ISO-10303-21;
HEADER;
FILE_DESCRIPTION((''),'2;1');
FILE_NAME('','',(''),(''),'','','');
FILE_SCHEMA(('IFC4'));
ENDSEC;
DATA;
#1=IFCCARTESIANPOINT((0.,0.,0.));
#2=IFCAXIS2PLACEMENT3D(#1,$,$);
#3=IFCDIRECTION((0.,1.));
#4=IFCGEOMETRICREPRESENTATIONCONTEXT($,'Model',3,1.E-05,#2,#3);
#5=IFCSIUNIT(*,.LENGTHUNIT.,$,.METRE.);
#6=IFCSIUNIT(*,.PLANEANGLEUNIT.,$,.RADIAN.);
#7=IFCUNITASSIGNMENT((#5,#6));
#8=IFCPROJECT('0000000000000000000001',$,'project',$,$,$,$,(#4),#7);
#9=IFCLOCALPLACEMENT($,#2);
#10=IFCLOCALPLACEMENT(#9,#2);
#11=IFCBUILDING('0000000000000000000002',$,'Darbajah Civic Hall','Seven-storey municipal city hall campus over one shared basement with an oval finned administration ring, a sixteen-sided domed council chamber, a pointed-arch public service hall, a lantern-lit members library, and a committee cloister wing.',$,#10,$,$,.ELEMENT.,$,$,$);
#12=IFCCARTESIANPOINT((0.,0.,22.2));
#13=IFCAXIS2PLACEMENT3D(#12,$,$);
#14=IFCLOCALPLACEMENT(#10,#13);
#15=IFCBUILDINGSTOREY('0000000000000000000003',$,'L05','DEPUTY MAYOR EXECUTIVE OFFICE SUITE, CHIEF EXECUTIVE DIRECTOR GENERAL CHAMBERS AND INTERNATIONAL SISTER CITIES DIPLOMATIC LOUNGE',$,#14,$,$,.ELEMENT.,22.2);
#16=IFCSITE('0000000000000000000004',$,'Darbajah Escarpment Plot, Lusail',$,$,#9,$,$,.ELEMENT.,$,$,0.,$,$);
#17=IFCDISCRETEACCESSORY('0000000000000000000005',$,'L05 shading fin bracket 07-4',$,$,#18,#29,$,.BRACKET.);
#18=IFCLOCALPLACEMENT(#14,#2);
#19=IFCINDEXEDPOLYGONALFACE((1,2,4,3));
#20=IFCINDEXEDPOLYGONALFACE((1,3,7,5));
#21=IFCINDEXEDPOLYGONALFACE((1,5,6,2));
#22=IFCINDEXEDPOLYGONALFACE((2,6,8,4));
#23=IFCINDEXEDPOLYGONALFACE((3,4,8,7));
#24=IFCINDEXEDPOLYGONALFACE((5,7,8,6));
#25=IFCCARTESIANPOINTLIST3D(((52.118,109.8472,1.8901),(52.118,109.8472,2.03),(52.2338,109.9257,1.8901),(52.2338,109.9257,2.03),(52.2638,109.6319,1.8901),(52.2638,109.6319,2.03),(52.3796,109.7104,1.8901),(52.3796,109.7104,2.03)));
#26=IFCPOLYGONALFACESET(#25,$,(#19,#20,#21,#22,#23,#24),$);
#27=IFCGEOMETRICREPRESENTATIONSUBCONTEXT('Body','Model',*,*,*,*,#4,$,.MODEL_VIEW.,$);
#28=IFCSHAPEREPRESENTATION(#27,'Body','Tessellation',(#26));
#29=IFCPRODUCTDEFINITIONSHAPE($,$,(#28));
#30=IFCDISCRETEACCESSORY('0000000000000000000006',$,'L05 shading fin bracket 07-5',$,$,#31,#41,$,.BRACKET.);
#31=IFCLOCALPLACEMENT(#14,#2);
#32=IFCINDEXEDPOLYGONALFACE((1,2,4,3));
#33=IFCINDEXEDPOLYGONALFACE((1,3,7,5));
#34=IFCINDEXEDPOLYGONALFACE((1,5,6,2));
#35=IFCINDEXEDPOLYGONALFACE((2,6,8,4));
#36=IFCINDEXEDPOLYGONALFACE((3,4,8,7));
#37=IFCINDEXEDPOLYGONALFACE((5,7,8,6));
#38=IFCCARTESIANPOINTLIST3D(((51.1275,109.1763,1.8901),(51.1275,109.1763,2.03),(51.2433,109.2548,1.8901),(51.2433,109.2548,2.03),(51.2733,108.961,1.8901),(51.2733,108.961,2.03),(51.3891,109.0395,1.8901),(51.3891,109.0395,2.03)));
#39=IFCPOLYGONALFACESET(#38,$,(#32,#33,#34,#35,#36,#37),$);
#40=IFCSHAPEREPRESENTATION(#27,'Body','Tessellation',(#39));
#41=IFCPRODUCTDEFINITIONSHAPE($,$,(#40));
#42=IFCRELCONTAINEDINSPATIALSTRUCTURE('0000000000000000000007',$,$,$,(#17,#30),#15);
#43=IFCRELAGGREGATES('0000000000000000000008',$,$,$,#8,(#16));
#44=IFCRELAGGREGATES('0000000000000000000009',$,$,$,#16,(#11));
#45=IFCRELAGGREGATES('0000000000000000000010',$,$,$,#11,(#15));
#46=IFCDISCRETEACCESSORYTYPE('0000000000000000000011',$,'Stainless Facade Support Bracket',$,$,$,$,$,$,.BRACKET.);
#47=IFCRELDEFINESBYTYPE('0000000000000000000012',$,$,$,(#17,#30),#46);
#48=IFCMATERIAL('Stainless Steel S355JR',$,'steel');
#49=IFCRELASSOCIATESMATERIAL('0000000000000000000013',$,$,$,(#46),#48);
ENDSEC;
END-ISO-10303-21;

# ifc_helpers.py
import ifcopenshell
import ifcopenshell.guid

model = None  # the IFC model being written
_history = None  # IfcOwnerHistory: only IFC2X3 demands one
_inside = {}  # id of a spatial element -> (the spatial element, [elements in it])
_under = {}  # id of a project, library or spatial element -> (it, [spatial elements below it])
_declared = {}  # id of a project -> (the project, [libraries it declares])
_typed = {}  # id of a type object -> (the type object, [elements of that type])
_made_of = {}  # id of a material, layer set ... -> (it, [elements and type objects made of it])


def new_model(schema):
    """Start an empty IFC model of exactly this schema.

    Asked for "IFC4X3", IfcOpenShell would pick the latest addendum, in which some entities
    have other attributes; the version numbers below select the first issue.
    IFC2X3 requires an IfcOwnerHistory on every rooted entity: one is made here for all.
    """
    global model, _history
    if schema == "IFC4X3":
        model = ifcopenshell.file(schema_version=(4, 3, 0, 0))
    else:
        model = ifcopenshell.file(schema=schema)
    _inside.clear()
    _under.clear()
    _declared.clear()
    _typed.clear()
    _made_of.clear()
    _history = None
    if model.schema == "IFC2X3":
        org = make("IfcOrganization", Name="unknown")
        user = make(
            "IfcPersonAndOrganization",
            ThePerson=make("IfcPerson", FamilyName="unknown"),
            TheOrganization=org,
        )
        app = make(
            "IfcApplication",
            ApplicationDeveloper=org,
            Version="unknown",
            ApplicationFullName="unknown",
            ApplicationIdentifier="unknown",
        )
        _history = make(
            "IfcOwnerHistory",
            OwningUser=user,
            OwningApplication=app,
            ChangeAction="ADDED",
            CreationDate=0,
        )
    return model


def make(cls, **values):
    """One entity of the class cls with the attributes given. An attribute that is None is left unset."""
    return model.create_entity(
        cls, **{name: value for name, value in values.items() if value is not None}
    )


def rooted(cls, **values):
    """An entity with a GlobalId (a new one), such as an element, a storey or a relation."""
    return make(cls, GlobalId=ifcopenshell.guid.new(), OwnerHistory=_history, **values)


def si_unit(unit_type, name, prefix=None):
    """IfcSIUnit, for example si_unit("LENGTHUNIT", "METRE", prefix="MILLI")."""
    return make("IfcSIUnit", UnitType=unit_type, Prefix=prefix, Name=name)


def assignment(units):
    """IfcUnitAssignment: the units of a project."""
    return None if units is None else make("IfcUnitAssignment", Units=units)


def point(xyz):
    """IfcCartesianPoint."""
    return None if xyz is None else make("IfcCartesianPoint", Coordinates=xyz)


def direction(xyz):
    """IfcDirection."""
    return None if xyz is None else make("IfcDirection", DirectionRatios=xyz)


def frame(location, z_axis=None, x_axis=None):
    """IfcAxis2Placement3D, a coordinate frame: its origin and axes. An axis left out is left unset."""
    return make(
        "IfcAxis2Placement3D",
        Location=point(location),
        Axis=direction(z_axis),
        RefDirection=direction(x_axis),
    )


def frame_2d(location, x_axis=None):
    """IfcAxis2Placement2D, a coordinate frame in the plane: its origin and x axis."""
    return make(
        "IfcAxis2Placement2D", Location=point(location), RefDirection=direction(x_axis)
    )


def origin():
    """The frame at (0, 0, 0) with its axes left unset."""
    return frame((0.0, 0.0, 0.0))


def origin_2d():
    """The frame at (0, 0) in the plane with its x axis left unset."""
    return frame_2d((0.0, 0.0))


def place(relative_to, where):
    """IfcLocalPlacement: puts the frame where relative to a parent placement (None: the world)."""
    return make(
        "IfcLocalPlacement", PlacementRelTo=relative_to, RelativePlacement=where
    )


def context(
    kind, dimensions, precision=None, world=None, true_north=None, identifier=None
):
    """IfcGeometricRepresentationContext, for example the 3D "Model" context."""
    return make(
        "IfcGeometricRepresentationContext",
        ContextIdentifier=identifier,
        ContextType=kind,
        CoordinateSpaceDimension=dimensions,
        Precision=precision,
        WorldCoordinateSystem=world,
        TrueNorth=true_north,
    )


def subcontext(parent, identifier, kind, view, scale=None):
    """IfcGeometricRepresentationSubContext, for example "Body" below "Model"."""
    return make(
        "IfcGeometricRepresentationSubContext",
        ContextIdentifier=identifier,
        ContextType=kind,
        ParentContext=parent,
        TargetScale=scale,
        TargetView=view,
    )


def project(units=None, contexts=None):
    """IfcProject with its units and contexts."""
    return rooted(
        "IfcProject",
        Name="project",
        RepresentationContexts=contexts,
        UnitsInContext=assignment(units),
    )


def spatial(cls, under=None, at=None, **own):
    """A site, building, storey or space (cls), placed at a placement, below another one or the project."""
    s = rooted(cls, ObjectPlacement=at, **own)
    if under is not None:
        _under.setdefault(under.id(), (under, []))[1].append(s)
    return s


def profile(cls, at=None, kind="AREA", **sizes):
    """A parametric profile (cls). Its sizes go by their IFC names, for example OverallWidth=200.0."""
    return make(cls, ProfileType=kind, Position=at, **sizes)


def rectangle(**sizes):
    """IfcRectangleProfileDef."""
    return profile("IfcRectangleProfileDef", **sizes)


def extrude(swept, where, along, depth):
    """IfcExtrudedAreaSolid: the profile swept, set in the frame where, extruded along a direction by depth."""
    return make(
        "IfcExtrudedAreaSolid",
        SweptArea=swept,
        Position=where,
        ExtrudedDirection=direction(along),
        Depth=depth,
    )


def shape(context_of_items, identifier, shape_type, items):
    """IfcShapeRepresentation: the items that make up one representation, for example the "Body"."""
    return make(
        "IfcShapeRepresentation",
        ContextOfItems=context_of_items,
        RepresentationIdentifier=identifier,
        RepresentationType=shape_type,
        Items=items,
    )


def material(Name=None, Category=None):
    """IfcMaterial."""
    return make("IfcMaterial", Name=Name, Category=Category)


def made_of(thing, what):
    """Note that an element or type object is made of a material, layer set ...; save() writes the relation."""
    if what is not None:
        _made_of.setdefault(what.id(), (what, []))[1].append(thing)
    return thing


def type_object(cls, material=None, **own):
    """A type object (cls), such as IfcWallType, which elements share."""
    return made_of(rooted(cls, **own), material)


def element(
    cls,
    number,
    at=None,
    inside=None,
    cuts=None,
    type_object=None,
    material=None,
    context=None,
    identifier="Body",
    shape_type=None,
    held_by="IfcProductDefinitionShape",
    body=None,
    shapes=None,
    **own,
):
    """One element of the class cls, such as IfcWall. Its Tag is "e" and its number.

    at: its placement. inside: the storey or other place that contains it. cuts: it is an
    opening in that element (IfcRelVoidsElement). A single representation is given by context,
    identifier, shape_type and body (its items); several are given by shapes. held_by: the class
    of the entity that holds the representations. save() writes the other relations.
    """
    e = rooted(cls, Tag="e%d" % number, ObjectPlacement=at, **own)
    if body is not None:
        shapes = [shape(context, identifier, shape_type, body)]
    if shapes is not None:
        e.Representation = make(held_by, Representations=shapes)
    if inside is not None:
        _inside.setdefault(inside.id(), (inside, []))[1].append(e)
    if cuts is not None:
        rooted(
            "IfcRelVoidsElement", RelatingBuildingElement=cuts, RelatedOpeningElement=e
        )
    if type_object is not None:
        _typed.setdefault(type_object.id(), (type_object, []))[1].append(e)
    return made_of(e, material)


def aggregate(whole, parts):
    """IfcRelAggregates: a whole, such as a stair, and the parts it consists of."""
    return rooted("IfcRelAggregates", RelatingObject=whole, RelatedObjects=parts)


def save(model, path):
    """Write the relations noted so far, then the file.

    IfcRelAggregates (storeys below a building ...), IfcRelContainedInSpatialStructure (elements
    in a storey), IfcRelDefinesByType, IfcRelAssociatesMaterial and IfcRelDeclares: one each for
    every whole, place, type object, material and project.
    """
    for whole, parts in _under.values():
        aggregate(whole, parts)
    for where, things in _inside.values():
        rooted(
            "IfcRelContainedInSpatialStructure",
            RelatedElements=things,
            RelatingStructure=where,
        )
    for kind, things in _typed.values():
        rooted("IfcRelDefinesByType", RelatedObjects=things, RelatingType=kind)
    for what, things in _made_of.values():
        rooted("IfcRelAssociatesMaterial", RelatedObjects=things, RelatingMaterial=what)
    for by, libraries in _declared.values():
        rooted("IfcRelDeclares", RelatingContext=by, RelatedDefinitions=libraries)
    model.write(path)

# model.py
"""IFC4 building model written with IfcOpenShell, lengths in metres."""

from ifc_helpers import new_model, si_unit, direction, frame, origin, origin_2d, place, context, subcontext, project, spatial, rectangle, extrude, material, type_object, element, save


model = new_model("IFC4")

# Units and contexts
model_context = context("Model", 3, precision=1e-05, world=origin(), true_north=direction((0.0, 1.0)))
body_context = subcontext(model_context, "Body", "Model", "MODEL_VIEW")
ifc_project = project(units=[si_unit("LENGTHUNIT", "METRE"), si_unit("PLANEANGLEUNIT", "RADIAN")], contexts=[model_context])

# Site, building, storey
site_placement = place(None, origin())
site = spatial("IfcSite", under=ifc_project, at=site_placement, Name="Darbajah Escarpment Plot, Lusail", CompositionType="ELEMENT", RefElevation=0.0)
building_placement = place(site_placement, origin())
building = spatial("IfcBuilding", under=site, at=building_placement, Name="Darbajah Civic Hall", Description="Seven-storey municipal city hall campus over one shared basement with an oval finned administration ring, a sixteen-sided domed council chamber, a pointed-arch public service hall, a lantern-lit members library, and a committee cloister wing.", CompositionType="ELEMENT")
storey_placement = place(building_placement, frame((0.0, 0.0, 22.2)))
storey = spatial("IfcBuildingStorey", under=building, at=storey_placement, Name="L05", Description="DEPUTY MAYOR EXECUTIVE OFFICE SUITE, CHIEF EXECUTIVE DIRECTOR GENERAL CHAMBERS AND INTERNATIONAL SISTER CITIES DIPLOMATIC LOUNGE", CompositionType="ELEMENT", Elevation=22.2)

# Discrete accessories
ifc_material_1 = material(Name="Stainless Steel S355JR", Category="steel")
discrete_accessory_type = type_object("IfcDiscreteAccessoryType", Name="Stainless Facade Support Bracket", PredefinedType="BRACKET", material=ifc_material_1)
for number, where, z_axis, x_axis, name in (
    (1, (52.2488, 109.7788, 1.8901), (0.0, 0.0, 1.0), (-0.560784, 0.827962, 0.0), "L05 shading fin bracket 07-4"),
    (2, (51.2583, 109.1079, 1.8901), (0.0, 0.0, 1.0), (-0.560784, 0.827962, 0.0), "L05 shading fin bracket 07-5"),
):
    element("IfcDiscreteAccessory", number, at=place(storey_placement, frame(where, z_axis=z_axis, x_axis=x_axis)), inside=storey, type_object=discrete_accessory_type, Name=name, PredefinedType="BRACKET", context=body_context, shape_type="SweptSolid", body=[
        extrude(rectangle(XDim=0.26, YDim=0.1399, at=origin_2d()), origin(), (0.0, 0.0, 1.0), 0.1399),
    ])

save(model, "model.ifc")
